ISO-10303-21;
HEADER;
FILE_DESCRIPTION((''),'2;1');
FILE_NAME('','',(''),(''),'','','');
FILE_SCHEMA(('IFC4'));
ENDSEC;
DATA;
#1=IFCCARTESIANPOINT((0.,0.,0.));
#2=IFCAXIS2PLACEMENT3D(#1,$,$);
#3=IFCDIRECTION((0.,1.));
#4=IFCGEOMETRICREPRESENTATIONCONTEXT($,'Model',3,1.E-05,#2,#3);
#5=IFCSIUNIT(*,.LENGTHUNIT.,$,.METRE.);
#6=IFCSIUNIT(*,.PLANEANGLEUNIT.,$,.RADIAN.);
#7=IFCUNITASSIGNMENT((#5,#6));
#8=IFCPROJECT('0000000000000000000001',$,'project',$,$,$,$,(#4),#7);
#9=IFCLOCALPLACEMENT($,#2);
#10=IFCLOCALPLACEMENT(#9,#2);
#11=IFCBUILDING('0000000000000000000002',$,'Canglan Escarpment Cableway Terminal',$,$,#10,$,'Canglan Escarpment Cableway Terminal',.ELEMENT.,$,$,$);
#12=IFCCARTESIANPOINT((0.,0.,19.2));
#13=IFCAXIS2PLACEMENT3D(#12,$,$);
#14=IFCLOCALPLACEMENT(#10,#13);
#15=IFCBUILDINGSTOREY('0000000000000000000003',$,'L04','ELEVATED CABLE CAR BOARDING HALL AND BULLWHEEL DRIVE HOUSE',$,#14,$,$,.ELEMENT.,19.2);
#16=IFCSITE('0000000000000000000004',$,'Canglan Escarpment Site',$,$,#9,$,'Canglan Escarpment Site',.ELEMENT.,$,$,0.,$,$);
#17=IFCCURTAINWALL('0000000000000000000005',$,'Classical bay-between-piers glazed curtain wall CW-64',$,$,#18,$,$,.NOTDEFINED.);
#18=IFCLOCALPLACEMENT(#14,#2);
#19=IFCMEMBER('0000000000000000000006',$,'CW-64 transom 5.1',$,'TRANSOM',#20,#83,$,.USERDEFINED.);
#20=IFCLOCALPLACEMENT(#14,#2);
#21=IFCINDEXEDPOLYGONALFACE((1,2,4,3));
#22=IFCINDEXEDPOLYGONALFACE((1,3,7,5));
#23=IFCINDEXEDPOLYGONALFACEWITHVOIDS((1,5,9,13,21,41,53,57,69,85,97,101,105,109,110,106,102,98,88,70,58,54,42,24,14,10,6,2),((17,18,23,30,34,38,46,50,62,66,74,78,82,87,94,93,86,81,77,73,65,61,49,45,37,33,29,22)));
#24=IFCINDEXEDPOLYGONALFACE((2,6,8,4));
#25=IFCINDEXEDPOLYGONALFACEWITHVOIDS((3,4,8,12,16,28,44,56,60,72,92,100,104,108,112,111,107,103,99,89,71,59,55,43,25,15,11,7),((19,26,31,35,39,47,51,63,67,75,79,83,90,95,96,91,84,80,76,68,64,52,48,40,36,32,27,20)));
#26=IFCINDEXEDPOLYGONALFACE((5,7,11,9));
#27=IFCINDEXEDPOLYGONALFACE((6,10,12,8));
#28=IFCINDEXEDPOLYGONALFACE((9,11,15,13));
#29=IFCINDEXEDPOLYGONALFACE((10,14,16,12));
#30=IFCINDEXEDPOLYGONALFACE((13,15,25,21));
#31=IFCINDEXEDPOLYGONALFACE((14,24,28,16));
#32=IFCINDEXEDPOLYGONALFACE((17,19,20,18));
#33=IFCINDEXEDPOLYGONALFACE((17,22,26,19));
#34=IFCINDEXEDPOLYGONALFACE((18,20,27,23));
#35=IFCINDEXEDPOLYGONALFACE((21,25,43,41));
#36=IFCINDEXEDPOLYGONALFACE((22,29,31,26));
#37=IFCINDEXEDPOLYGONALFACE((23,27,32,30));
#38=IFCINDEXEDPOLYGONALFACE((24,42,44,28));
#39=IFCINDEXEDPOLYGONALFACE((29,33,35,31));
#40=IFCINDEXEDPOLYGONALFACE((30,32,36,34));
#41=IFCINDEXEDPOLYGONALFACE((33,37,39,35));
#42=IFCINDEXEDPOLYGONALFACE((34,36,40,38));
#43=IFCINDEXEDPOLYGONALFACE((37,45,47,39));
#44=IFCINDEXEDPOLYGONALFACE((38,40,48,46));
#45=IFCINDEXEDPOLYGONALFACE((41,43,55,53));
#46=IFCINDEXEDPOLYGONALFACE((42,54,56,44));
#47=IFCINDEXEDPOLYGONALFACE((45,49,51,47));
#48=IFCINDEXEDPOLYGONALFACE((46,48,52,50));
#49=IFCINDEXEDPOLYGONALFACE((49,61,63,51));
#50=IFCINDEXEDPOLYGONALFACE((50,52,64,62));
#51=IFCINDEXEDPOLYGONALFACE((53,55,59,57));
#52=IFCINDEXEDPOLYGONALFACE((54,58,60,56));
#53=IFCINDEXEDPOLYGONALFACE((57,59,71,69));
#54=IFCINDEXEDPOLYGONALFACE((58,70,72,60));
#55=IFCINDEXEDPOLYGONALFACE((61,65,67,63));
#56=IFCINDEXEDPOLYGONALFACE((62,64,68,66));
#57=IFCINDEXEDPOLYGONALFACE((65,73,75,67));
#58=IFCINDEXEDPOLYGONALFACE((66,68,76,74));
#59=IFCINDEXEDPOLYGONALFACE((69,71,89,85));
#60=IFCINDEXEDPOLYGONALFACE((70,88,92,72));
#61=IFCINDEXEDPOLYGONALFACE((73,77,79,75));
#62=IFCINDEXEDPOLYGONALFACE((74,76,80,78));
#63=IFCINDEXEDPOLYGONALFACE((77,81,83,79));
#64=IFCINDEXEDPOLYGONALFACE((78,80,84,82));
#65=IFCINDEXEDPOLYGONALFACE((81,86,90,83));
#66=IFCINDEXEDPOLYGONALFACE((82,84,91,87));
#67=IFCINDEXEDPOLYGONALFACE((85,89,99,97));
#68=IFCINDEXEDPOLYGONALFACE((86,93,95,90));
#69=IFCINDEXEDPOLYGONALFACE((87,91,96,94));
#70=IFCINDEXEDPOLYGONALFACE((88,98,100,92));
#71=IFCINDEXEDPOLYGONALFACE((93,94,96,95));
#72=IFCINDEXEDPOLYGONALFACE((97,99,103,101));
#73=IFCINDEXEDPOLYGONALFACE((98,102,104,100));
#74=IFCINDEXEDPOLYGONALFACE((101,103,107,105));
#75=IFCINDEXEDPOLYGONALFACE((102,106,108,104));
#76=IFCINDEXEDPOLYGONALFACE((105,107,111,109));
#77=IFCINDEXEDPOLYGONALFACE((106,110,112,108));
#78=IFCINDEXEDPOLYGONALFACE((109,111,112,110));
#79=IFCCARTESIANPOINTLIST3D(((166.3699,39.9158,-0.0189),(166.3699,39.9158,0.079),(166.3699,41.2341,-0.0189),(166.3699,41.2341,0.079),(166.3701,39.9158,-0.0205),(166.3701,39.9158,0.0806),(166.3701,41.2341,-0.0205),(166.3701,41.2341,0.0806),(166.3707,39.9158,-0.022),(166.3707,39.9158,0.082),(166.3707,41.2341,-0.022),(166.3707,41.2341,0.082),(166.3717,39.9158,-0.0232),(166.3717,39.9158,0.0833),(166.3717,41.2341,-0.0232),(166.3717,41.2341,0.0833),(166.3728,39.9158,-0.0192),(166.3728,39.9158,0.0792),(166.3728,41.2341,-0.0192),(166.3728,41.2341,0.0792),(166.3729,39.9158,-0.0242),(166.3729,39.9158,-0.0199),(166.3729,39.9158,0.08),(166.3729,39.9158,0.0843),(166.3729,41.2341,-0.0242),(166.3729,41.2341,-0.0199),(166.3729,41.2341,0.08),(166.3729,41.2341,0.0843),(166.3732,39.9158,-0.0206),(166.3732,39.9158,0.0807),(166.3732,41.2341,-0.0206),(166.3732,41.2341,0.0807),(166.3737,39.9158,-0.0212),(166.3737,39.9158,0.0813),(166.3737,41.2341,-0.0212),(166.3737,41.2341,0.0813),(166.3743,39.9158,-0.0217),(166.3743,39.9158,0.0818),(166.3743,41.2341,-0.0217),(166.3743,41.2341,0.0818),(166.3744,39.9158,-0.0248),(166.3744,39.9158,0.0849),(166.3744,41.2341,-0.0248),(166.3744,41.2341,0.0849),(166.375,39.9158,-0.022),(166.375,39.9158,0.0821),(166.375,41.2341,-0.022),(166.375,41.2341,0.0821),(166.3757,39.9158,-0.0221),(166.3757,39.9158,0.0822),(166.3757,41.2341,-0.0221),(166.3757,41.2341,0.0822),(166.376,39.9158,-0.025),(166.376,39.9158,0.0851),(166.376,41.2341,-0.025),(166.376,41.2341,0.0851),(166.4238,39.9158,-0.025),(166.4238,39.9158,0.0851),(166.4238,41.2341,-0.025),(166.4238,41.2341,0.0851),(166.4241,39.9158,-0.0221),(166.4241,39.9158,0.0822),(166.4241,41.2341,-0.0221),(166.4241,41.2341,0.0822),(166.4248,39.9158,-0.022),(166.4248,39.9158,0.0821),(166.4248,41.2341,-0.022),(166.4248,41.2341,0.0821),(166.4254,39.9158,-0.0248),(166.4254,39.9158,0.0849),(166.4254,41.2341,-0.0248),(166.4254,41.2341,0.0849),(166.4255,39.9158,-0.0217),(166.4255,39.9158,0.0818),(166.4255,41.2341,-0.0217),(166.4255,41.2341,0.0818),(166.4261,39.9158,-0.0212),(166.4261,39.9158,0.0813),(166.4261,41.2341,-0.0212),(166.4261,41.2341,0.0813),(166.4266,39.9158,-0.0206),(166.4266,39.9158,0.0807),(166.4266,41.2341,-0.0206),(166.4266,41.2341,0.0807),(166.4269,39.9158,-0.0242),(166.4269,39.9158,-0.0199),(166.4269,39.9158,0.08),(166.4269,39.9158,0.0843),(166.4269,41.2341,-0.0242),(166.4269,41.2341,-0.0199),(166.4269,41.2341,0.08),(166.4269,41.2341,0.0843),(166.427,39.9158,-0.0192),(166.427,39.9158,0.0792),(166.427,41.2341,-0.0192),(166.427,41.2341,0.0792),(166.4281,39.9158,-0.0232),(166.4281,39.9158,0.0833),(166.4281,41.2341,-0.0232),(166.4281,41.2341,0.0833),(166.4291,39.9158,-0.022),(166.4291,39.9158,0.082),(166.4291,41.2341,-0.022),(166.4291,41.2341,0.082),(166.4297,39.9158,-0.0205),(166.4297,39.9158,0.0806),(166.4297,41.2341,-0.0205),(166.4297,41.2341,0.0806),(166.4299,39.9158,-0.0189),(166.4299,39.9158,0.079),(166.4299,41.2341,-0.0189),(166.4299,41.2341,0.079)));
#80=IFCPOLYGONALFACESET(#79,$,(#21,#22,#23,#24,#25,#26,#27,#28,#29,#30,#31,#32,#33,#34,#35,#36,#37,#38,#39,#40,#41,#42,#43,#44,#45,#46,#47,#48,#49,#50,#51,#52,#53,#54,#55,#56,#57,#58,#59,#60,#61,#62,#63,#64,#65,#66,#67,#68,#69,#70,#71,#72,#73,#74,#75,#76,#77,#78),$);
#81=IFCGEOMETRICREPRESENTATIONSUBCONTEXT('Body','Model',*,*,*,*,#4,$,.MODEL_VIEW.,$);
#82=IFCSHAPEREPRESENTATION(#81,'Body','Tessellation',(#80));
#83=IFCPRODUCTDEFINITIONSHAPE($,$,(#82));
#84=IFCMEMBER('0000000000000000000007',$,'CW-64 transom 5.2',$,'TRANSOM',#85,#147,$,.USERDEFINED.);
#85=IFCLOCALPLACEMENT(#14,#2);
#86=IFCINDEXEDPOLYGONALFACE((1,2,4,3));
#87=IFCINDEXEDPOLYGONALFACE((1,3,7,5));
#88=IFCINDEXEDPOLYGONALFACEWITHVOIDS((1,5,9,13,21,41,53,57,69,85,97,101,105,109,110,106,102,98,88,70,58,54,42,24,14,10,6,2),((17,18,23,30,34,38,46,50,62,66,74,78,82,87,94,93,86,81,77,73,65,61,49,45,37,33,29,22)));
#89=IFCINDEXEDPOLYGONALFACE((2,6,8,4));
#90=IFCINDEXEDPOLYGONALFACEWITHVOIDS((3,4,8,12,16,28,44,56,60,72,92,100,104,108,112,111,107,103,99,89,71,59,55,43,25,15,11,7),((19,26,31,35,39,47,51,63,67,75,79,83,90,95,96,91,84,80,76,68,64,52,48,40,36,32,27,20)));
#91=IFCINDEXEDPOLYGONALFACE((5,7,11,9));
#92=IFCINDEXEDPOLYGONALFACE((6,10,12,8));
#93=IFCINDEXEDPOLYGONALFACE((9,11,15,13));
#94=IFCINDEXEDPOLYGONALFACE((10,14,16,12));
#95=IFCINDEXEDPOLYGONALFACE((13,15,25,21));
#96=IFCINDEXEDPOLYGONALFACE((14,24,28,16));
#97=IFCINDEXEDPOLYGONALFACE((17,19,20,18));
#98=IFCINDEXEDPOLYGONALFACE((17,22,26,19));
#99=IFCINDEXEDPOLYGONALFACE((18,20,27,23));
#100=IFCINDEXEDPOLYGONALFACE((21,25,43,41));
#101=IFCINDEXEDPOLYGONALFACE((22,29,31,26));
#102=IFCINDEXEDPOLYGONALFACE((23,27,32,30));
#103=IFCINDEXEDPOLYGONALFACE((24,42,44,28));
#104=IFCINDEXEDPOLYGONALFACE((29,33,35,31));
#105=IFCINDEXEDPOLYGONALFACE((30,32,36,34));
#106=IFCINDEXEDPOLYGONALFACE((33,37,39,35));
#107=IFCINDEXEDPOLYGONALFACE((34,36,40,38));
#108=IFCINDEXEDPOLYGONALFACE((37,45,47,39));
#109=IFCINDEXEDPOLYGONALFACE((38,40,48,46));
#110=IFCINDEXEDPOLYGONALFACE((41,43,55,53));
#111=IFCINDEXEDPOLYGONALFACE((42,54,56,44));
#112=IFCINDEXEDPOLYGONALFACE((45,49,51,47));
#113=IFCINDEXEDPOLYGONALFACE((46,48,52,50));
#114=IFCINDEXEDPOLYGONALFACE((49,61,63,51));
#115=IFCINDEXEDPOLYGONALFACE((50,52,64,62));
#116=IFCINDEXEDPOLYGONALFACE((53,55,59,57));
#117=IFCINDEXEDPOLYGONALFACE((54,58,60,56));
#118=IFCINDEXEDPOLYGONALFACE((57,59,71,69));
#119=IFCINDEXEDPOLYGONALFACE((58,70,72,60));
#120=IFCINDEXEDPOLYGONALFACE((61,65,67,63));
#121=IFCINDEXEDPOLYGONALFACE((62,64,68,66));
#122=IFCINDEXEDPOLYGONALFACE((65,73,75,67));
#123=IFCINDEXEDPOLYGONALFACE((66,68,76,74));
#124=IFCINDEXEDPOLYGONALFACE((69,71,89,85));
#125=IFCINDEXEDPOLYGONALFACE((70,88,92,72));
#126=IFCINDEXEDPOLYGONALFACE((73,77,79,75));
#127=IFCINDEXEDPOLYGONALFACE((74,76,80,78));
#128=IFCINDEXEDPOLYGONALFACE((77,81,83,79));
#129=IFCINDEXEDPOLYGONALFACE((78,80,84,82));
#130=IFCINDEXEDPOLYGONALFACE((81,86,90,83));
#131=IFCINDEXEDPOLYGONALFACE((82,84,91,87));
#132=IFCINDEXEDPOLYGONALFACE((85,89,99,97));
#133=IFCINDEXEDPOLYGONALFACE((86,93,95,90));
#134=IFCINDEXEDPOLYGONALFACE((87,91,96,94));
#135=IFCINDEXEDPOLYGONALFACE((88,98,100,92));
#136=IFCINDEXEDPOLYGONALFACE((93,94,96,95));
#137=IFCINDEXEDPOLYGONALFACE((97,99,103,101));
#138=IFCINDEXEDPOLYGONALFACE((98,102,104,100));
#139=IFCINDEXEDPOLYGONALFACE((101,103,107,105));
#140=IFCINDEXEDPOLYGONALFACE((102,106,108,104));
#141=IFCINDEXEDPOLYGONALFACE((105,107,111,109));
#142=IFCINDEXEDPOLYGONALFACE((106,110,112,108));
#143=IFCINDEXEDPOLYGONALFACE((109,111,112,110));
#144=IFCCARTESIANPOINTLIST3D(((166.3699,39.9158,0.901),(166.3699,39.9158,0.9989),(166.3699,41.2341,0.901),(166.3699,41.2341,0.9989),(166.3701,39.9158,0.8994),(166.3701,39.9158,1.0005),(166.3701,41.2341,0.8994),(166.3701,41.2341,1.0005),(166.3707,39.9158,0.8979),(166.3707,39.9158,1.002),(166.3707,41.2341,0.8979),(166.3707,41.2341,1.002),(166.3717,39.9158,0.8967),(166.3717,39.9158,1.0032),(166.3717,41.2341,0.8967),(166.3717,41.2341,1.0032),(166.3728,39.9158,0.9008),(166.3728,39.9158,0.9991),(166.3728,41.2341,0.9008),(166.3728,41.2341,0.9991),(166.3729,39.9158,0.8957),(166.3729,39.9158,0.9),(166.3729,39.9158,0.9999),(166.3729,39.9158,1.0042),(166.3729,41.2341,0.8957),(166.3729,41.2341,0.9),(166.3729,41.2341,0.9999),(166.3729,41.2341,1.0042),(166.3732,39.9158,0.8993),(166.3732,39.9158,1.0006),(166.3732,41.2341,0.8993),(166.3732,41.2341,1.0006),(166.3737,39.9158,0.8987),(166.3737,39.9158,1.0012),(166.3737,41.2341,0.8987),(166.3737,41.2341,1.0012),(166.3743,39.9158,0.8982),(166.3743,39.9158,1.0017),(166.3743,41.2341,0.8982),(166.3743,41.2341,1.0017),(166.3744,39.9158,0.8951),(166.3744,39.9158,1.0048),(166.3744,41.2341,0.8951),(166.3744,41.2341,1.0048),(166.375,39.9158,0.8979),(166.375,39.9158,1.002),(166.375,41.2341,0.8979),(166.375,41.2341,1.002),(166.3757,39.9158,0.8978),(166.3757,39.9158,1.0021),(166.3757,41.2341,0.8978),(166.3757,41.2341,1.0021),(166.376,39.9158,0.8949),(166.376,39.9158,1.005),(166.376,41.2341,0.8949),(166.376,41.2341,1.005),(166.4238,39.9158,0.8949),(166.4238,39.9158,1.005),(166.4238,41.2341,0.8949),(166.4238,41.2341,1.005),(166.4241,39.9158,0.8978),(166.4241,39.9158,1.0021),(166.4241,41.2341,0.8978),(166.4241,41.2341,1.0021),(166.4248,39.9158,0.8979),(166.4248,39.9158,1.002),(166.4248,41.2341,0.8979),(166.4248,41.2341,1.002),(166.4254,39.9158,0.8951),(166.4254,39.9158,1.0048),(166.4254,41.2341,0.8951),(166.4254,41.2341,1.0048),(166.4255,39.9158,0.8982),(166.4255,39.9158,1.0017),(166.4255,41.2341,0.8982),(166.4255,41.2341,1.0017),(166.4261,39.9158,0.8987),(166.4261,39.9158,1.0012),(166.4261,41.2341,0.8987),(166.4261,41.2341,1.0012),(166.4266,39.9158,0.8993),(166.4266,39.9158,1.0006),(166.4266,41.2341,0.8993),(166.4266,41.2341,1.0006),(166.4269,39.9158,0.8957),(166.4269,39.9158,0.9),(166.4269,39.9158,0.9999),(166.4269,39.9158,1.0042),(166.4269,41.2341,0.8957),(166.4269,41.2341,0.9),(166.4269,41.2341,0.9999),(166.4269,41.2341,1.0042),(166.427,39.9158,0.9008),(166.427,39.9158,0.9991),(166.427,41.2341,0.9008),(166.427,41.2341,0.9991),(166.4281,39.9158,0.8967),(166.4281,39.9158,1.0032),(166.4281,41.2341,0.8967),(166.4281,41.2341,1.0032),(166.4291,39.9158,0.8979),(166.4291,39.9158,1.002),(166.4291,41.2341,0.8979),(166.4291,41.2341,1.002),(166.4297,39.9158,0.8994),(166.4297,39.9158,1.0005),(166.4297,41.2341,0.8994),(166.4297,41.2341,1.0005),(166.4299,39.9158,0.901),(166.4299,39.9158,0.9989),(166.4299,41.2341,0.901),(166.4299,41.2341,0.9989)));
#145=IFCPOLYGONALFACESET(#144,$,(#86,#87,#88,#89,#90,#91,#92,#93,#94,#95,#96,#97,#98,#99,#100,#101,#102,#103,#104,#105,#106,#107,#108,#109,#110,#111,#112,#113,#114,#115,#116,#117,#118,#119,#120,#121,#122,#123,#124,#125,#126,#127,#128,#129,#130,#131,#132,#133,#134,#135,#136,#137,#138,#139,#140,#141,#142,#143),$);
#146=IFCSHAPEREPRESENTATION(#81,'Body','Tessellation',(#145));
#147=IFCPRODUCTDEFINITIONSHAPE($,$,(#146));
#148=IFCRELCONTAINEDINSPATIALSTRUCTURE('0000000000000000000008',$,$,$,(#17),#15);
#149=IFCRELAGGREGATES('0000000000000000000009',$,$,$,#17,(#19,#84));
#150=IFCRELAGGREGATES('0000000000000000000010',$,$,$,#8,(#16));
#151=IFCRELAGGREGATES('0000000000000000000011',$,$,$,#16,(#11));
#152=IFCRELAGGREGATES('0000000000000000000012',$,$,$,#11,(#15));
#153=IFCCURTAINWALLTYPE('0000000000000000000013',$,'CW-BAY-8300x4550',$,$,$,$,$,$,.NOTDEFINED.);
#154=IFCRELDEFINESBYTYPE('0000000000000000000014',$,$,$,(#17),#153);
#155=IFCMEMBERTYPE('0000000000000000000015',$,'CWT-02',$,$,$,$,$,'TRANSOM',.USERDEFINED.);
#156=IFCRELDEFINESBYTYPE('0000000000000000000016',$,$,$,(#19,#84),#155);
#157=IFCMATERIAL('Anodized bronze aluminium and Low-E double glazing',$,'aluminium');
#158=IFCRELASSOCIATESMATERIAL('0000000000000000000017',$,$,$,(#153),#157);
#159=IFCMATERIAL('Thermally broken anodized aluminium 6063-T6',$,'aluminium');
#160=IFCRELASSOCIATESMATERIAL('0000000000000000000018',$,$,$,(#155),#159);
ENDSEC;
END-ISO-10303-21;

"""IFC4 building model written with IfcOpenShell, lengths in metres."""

from ifc_helpers import new_model, si_unit, direction, frame, origin, origin_2d, place, context, subcontext, project, spatial, hollow_rectangle, extrude, material, material_profile, profile_set, type_object, element, aggregate, save


model = new_model("IFC4")

# Units and contexts
model_context = context("Model", 3, precision=1e-05, world=origin(), true_north=direction((0.0, 1.0)))
body_context = subcontext(model_context, "Body", "Model", "MODEL_VIEW")
ifc_project = project(units=[si_unit("LENGTHUNIT", "METRE"), si_unit("PLANEANGLEUNIT", "RADIAN")], contexts=[model_context])

# Site, building, storey
site_placement = place(None, origin())
site = spatial("IfcSite", under=ifc_project, at=site_placement, Name="Canglan Escarpment Site", LongName="Canglan Escarpment Site", CompositionType="ELEMENT", RefElevation=0.0)
building_placement = place(site_placement, origin())
building = spatial("IfcBuilding", under=site, at=building_placement, Name="Canglan Escarpment Cableway Terminal", LongName="Canglan Escarpment Cableway Terminal", CompositionType="ELEMENT")
storey_placement = place(building_placement, frame((0.0, 0.0, 19.2)))
storey = spatial("IfcBuildingStorey", under=building, at=storey_placement, Name="L04", Description="ELEVATED CABLE CAR BOARDING HALL AND BULLWHEEL DRIVE HOUSE", CompositionType="ELEMENT", Elevation=19.2)

# Curtain wall
ifc_material_1 = material(Name="Anodized bronze aluminium and Low-E double glazing", Category="aluminium")
curtain_wall_type = type_object("IfcCurtainWallType", Name="CW-BAY-8300x4550", PredefinedType="NOTDEFINED", material=ifc_material_1)
curtain_wall_1_placement = place(storey_placement, origin())
curtain_wall_1 = element("IfcCurtainWall", 1, at=curtain_wall_1_placement, inside=storey, type_object=curtain_wall_type, Name="Classical bay-between-piers glazed curtain wall CW-64", PredefinedType="NOTDEFINED")
ifc_material_2 = material(Name="Thermally broken anodized aluminium 6063-T6", Category="aluminium")

# Members
ifc_material_profile_1 = material_profile(ifc_material_2, hollow_rectangle(XDim=0.0601, YDim=0.1101, WallThickness=0.0029, InnerFilletRadius=0.0029, OuterFilletRadius=0.0061, at=origin_2d()), Name="ALU-TRAN 60x110x3")
ifc_profile_set_1 = profile_set([ifc_material_profile_1], Name="Thermally broken anodized aluminium 6063-T6")
member_type_1 = type_object("IfcMemberType", Name="CWT-02", ElementType="TRANSOM", PredefinedType="USERDEFINED", material=ifc_profile_set_1)
member_1_placement = place(storey_placement, frame((166.3999, 39.9158, 0.03), z_axis=(0.0, 1.0, 0.0), x_axis=(-1.0, 0.0, 0.0)))
member_1 = element("IfcMember", 2, at=member_1_placement, type_object=member_type_1, Name="CW-64 transom 5.1", ObjectType="TRANSOM", PredefinedType="USERDEFINED", context=body_context, shape_type="SweptSolid", body=[
    extrude(hollow_rectangle(XDim=0.0601, YDim=0.1101, WallThickness=0.0029, InnerFilletRadius=0.0029, OuterFilletRadius=0.0061, at=origin_2d()), origin(), (0.0, 0.0, 1.0), 1.3184),
])
member_2_placement = place(storey_placement, frame((166.3999, 39.9158, 0.95), z_axis=(0.0, 1.0, 0.0), x_axis=(-1.0, 0.0, 0.0)))
member_2 = element("IfcMember", 3, at=member_2_placement, type_object=member_type_1, Name="CW-64 transom 5.2", ObjectType="TRANSOM", PredefinedType="USERDEFINED", context=body_context, shape_type="SweptSolid", body=[
    extrude(hollow_rectangle(XDim=0.0601, YDim=0.1101, WallThickness=0.0029, InnerFilletRadius=0.0029, OuterFilletRadius=0.0061, at=origin_2d()), origin(), (0.0, 0.0, 1.0), 1.3184),
])

aggregate(curtain_wall_1, [member_1, member_2])

save(model, "model.ifc")
